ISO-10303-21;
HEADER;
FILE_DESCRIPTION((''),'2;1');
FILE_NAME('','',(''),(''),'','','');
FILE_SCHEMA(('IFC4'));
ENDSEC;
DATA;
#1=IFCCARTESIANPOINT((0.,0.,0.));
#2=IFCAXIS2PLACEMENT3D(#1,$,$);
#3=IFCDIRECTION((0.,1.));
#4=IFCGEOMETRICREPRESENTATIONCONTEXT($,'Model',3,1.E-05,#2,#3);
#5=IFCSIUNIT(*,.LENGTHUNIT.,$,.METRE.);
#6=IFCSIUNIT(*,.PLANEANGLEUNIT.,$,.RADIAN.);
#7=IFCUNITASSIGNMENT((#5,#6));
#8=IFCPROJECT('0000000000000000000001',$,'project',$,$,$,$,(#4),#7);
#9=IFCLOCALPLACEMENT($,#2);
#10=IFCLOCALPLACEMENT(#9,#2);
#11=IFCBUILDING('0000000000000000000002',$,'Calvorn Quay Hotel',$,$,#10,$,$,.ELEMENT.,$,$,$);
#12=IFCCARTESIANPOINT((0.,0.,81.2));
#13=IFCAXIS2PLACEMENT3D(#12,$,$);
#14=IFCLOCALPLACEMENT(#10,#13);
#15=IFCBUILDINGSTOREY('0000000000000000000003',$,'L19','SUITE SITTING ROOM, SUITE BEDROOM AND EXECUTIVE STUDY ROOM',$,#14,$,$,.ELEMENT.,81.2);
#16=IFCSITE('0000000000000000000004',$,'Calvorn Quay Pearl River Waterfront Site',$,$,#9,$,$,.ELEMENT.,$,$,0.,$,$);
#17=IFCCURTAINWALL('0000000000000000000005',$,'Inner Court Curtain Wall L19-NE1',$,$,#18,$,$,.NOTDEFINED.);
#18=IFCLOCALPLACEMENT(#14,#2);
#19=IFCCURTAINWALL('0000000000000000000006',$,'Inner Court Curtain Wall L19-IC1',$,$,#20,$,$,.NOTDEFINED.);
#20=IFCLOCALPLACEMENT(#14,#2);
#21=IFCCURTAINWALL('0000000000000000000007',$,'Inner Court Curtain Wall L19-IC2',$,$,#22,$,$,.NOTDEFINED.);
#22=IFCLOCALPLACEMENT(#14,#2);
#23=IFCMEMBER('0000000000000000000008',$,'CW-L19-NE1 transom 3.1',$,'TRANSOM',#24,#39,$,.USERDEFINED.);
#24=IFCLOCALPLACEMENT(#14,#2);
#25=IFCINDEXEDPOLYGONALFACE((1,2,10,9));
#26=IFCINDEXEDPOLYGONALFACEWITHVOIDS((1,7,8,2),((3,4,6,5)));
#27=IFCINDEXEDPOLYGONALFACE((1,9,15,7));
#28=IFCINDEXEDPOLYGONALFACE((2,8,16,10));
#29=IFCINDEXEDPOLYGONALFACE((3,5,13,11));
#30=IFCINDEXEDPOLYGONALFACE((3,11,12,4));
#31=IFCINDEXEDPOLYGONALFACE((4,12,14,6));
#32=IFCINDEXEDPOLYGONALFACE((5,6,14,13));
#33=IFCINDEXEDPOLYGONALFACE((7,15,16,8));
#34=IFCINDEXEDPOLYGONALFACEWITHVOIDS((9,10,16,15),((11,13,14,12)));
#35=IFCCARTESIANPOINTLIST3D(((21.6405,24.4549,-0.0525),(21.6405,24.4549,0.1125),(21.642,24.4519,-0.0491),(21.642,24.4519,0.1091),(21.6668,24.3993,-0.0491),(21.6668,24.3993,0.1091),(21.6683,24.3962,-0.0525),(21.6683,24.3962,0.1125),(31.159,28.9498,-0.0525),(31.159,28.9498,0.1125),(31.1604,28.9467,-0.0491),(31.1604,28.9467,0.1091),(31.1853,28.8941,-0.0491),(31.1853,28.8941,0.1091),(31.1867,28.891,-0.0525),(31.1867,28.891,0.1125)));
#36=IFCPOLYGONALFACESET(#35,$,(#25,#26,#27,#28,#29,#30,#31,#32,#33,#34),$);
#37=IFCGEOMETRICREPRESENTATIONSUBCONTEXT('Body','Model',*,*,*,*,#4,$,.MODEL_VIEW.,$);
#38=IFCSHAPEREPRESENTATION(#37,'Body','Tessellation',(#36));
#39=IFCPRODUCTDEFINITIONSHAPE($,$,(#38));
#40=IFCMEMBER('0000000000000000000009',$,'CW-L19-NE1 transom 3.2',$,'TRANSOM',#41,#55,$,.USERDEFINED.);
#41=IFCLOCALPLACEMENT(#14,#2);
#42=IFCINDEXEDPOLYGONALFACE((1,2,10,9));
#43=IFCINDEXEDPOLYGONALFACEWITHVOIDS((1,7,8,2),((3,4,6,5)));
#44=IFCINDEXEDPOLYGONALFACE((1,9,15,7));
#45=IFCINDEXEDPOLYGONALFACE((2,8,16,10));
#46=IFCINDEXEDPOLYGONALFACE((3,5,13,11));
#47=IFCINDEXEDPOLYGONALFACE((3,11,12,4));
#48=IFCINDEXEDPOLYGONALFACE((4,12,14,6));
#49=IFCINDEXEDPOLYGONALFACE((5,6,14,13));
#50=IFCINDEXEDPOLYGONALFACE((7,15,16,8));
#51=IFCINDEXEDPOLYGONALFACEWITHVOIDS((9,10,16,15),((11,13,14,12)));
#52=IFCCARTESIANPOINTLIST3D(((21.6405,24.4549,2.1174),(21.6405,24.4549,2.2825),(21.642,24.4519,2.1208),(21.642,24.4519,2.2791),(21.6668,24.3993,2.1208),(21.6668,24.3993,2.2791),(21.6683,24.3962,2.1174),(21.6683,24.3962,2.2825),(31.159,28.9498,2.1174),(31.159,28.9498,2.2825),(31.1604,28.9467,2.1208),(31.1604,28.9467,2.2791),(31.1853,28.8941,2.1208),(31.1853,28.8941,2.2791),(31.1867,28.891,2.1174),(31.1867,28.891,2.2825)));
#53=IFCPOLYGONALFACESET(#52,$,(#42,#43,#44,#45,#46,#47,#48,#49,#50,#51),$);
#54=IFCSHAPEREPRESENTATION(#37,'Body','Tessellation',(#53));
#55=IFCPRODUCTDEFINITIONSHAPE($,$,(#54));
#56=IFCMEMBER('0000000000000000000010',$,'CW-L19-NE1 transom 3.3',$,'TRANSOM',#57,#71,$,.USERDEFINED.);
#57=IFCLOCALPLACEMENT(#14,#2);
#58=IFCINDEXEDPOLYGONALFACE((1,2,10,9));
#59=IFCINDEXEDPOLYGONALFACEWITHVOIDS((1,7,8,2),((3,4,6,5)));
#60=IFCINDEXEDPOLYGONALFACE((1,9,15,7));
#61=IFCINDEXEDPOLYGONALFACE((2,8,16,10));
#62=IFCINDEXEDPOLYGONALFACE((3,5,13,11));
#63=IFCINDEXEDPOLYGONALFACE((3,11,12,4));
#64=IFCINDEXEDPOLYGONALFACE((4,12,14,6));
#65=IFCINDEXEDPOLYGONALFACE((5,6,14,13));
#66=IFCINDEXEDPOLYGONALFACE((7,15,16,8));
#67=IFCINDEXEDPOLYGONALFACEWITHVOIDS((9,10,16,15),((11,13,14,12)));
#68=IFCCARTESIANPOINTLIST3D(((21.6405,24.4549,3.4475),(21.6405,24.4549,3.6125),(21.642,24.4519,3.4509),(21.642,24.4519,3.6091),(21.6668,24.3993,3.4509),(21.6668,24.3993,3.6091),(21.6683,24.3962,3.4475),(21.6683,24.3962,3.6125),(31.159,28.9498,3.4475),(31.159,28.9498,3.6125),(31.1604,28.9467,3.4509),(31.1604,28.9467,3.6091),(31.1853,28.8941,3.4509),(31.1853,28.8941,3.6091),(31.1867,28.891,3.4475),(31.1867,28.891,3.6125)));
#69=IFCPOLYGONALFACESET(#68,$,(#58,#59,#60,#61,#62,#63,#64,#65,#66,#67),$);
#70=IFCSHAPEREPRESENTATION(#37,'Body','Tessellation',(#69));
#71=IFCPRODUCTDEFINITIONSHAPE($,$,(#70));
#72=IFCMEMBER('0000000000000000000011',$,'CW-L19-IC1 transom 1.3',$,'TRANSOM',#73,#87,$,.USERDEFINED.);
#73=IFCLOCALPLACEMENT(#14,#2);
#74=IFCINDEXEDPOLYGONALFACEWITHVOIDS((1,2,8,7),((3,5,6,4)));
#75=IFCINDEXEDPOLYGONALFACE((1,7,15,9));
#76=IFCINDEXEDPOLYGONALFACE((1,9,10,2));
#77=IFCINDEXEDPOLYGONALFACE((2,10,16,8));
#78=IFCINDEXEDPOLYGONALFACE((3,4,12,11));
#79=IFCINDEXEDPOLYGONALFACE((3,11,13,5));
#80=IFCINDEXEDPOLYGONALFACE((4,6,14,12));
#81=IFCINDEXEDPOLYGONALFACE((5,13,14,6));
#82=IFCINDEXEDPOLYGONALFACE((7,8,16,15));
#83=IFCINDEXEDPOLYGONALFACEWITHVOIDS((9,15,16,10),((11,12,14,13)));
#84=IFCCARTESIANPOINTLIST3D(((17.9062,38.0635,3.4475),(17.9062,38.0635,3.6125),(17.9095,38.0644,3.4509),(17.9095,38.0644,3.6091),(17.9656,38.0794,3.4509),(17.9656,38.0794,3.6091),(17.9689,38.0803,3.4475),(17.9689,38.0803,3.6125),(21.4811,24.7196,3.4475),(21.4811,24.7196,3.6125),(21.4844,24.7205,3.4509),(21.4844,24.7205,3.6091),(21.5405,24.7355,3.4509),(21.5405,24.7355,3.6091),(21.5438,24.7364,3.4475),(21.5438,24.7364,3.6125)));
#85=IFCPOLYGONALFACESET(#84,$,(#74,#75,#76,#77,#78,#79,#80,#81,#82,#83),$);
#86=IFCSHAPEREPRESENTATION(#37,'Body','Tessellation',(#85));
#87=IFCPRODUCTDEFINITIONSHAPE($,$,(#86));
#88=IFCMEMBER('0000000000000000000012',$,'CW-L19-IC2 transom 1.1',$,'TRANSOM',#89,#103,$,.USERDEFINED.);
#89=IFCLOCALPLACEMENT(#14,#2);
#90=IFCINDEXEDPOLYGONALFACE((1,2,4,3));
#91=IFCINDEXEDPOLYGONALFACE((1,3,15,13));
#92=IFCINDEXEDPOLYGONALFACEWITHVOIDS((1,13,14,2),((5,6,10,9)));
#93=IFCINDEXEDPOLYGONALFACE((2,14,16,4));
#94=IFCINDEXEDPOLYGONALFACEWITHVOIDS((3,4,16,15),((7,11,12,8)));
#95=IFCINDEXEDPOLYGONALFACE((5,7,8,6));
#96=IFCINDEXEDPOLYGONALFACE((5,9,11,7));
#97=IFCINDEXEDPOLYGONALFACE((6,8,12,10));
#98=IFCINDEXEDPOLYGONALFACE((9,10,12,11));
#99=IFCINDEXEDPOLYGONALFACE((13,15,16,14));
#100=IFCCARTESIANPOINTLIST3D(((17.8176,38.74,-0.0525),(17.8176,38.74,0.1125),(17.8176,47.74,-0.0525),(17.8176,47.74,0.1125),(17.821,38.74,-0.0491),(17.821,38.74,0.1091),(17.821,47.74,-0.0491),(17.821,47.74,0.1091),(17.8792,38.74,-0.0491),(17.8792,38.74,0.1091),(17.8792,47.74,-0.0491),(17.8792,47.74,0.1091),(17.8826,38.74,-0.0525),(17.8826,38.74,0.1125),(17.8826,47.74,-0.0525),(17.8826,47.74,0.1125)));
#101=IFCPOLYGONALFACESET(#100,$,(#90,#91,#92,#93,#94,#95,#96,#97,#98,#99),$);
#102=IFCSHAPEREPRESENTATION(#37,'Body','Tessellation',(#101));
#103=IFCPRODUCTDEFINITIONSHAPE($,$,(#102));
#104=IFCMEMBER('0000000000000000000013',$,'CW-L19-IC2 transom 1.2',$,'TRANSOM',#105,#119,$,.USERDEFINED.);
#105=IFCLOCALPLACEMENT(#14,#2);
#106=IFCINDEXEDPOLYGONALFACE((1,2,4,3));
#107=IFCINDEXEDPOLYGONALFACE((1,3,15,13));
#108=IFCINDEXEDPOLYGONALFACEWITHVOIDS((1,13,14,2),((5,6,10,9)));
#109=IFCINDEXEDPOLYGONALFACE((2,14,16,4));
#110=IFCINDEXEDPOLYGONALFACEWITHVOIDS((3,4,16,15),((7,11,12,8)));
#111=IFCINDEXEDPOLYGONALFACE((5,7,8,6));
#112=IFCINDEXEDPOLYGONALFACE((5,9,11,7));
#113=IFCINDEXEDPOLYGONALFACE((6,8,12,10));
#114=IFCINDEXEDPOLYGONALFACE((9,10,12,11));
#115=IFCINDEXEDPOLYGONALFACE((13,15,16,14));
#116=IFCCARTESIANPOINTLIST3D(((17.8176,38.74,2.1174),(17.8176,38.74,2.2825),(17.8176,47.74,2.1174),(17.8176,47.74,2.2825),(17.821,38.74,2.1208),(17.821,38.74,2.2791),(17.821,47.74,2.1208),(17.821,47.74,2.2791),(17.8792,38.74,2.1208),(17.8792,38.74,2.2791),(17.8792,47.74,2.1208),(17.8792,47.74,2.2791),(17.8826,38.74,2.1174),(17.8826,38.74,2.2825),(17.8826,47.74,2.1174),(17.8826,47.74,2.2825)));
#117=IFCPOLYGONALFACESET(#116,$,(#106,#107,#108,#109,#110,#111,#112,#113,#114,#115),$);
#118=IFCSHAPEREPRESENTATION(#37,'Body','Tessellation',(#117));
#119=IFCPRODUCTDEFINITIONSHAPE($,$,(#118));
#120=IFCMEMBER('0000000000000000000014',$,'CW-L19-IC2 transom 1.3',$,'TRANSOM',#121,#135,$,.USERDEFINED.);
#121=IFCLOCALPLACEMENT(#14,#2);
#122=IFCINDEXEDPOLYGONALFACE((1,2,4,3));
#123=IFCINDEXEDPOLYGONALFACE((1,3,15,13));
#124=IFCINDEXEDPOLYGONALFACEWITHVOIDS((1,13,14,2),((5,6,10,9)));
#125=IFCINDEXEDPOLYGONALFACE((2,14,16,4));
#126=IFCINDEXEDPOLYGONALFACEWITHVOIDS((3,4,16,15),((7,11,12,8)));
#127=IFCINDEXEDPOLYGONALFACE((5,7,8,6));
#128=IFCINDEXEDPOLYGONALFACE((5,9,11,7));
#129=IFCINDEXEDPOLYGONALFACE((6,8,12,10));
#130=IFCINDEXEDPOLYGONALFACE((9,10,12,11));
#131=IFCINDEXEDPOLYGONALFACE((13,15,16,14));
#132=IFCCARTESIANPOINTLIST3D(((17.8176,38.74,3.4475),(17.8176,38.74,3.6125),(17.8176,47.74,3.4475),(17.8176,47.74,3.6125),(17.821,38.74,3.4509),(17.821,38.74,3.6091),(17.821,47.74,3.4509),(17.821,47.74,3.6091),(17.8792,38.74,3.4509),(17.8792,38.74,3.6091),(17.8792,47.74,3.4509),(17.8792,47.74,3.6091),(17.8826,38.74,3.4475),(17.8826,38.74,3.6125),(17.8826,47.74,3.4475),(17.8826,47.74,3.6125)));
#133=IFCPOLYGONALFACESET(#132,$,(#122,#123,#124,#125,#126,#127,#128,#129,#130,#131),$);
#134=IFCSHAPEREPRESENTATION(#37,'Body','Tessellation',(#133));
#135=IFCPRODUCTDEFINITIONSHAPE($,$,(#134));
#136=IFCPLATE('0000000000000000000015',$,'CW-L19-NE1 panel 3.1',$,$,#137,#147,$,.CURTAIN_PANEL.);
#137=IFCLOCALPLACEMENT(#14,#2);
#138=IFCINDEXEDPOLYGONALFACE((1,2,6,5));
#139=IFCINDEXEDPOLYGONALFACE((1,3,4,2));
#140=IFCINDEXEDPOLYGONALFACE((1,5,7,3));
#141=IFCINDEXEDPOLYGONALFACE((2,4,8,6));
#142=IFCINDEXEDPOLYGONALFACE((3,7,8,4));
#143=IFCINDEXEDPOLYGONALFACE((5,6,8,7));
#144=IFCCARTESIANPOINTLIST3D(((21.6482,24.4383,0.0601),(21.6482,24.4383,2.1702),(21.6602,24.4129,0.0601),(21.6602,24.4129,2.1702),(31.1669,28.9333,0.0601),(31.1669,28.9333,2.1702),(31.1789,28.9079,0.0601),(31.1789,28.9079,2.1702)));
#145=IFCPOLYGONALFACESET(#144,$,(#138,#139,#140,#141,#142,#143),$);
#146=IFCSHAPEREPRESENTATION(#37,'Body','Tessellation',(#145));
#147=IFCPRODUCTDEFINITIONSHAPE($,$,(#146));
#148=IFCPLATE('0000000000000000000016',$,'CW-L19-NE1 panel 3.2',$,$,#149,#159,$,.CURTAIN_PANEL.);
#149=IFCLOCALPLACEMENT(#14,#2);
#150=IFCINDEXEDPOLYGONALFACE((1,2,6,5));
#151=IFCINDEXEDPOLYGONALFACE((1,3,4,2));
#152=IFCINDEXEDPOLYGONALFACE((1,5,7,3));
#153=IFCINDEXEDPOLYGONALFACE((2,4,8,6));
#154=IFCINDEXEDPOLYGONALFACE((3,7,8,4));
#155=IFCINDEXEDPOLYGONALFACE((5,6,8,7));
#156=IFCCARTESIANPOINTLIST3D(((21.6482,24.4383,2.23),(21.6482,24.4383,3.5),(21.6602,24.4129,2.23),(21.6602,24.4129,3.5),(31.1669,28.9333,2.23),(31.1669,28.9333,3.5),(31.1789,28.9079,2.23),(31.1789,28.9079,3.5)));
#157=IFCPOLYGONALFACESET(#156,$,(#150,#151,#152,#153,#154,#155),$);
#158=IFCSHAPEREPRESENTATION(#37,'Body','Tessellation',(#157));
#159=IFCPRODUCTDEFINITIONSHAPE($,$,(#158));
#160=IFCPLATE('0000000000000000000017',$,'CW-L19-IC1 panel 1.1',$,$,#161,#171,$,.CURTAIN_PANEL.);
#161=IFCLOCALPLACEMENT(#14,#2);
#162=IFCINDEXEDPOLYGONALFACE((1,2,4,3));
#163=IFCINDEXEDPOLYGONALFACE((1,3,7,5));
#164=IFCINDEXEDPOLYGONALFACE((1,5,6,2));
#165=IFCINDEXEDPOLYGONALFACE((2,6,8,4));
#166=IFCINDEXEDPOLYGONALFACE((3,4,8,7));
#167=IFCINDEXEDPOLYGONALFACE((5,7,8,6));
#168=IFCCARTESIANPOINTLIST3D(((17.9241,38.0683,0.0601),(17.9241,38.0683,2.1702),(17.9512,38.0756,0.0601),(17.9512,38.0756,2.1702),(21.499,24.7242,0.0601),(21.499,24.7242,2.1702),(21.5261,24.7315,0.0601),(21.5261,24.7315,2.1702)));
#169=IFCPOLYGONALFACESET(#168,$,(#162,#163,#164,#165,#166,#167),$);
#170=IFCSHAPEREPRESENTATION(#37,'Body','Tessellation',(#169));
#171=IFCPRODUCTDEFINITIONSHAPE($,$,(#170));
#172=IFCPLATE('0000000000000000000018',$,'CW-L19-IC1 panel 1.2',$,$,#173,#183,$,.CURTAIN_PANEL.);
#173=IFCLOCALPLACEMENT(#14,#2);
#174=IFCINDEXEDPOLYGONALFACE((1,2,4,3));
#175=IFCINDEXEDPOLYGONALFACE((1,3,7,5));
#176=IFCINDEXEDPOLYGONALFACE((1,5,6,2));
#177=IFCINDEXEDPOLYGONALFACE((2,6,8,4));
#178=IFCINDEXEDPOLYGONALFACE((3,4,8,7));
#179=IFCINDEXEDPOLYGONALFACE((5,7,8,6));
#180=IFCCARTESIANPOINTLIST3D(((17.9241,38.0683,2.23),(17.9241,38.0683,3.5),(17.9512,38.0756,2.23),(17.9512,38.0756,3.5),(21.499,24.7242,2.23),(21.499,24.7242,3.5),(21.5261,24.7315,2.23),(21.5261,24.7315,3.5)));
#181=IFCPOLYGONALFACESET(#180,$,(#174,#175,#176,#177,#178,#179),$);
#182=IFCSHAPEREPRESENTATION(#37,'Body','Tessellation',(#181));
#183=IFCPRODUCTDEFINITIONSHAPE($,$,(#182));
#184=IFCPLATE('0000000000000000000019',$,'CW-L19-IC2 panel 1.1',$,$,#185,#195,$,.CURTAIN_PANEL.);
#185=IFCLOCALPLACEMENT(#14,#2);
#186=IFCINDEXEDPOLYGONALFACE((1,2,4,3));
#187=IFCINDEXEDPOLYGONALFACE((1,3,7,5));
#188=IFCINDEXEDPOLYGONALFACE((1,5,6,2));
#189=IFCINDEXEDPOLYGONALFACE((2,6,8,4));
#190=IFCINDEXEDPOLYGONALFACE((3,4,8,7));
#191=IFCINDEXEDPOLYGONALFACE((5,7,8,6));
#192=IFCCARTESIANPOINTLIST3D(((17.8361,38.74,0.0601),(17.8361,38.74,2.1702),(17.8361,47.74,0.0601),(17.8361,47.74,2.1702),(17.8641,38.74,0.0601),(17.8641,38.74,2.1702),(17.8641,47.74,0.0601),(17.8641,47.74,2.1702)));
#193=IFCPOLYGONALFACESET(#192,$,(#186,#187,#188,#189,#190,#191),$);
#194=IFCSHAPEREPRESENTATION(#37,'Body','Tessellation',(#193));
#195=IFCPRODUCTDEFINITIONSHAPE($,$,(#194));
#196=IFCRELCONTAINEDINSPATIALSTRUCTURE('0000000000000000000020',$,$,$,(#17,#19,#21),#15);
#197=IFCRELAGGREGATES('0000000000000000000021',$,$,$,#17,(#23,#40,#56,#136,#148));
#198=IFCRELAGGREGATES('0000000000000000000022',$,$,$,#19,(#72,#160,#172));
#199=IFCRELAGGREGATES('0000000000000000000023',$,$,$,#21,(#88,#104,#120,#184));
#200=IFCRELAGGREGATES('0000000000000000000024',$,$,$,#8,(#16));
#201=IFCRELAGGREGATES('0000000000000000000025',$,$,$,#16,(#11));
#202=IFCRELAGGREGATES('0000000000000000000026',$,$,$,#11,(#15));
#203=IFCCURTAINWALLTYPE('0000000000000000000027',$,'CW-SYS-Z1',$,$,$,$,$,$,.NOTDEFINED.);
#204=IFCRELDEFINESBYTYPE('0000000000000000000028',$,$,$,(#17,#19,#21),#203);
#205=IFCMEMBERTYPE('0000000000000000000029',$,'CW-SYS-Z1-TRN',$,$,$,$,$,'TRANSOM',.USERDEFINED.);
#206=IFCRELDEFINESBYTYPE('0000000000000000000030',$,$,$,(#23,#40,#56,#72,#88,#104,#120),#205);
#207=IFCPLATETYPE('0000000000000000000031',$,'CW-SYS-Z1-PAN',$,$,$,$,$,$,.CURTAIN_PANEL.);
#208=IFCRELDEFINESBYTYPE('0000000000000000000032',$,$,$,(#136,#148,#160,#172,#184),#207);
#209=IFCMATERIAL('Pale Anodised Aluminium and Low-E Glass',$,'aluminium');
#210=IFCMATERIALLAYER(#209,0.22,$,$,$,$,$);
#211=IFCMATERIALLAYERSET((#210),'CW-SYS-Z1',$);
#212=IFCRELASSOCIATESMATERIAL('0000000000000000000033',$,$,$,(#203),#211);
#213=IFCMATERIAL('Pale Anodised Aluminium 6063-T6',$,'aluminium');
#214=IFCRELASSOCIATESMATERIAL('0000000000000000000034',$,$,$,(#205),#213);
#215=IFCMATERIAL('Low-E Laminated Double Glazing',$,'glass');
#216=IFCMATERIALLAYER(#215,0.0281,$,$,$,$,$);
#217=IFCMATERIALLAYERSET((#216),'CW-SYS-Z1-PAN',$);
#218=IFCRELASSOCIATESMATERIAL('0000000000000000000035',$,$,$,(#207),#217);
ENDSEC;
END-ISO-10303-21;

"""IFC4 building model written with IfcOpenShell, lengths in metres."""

from ifc_helpers import new_model, si_unit, direction, frame, origin, origin_2d, place, context, subcontext, project, spatial, rectangle, hollow_rectangle, extrude, material, layer, layer_set, material_profile, profile_set, type_object, element, aggregate, save


model = new_model("IFC4")

# Units and contexts
model_context = context("Model", 3, precision=1e-05, world=origin(), true_north=direction((0.0, 1.0)))
body_context = subcontext(model_context, "Body", "Model", "MODEL_VIEW")
ifc_project = project(units=[si_unit("LENGTHUNIT", "METRE"), si_unit("PLANEANGLEUNIT", "RADIAN")], contexts=[model_context])

# Site, building, storey
site_placement = place(None, origin())
site = spatial("IfcSite", under=ifc_project, at=site_placement, Name="Calvorn Quay Pearl River Waterfront Site", CompositionType="ELEMENT", RefElevation=0.0)
building_placement = place(site_placement, origin())
building = spatial("IfcBuilding", under=site, at=building_placement, Name="Calvorn Quay Hotel", CompositionType="ELEMENT")
storey_placement = place(building_placement, frame((0.0, 0.0, 81.2)))
storey = spatial("IfcBuildingStorey", under=building, at=storey_placement, Name="L19", Description="SUITE SITTING ROOM, SUITE BEDROOM AND EXECUTIVE STUDY ROOM", CompositionType="ELEMENT", Elevation=81.2)

# Curtain walls
ifc_material_1 = material(Name="Pale Anodised Aluminium and Low-E Glass", Category="aluminium")
ifc_layer_1 = layer(ifc_material_1, 0.22)
ifc_layer_set_1 = layer_set([ifc_layer_1], Name="CW-SYS-Z1")
curtain_wall_type = type_object("IfcCurtainWallType", Name="CW-SYS-Z1", PredefinedType="NOTDEFINED", material=ifc_layer_set_1)
curtain_wall_1_placement = place(storey_placement, origin())
curtain_wall_1 = element("IfcCurtainWall", 1, at=curtain_wall_1_placement, inside=storey, type_object=curtain_wall_type, Name="Inner Court Curtain Wall L19-NE1", PredefinedType="NOTDEFINED")
curtain_wall_2_placement = place(storey_placement, origin())
curtain_wall_2 = element("IfcCurtainWall", 2, at=curtain_wall_2_placement, inside=storey, type_object=curtain_wall_type, Name="Inner Court Curtain Wall L19-IC1", PredefinedType="NOTDEFINED")

# Curtain wall
curtain_wall_3_placement = place(storey_placement, origin())
curtain_wall_3 = element("IfcCurtainWall", 3, at=curtain_wall_3_placement, inside=storey, type_object=curtain_wall_type, Name="Inner Court Curtain Wall L19-IC2", PredefinedType="NOTDEFINED")

# Members
ifc_material_2 = material(Name="Pale Anodised Aluminium 6063-T6", Category="aluminium")
ifc_material_profile_1 = material_profile(ifc_material_2, hollow_rectangle(XDim=0.0649, YDim=0.165, WallThickness=0.0034, at=origin_2d()), Name="ALU-T165x65x3.5")
ifc_profile_set_1 = profile_set([ifc_material_profile_1], Name="Pale Anodised Aluminium 6063-T6")
member_type_1 = type_object("IfcMemberType", Name="CW-SYS-Z1-TRN", ElementType="TRANSOM", PredefinedType="USERDEFINED", material=ifc_profile_set_1)
member_1_placement = place(storey_placement, frame((31.1729, 28.9204, 0.03), z_axis=(-0.904249, -0.427006, 0.0), x_axis=(0.427006, -0.904249, 0.0)))
member_1 = element("IfcMember", 4, at=member_1_placement, type_object=member_type_1, Name="CW-L19-NE1 transom 3.1", ObjectType="TRANSOM", PredefinedType="USERDEFINED", context=body_context, shape_type="SweptSolid", body=[
    extrude(hollow_rectangle(XDim=0.0649, YDim=0.165, WallThickness=0.0034, at=origin_2d()), origin(), (0.0, 0.0, 1.0), 10.5264),
])
member_2_placement = place(storey_placement, frame((31.1729, 28.9204, 2.2), z_axis=(-0.904249, -0.427006, 0.0), x_axis=(0.427006, -0.904249, 0.0)))
member_2 = element("IfcMember", 5, at=member_2_placement, type_object=member_type_1, Name="CW-L19-NE1 transom 3.2", ObjectType="TRANSOM", PredefinedType="USERDEFINED", context=body_context, shape_type="SweptSolid", body=[
    extrude(hollow_rectangle(XDim=0.0649, YDim=0.165, WallThickness=0.0034, at=origin_2d()), origin(), (0.0, 0.0, 1.0), 10.5264),
])
member_3_placement = place(storey_placement, frame((31.1729, 28.9204, 3.53), z_axis=(-0.904249, -0.427006, 0.0), x_axis=(0.427006, -0.904249, 0.0)))
member_3 = element("IfcMember", 6, at=member_3_placement, type_object=member_type_1, Name="CW-L19-NE1 transom 3.3", ObjectType="TRANSOM", PredefinedType="USERDEFINED", context=body_context, shape_type="SweptSolid", body=[
    extrude(hollow_rectangle(XDim=0.0649, YDim=0.165, WallThickness=0.0034, at=origin_2d()), origin(), (0.0, 0.0, 1.0), 10.5264),
])
member_4_placement = place(storey_placement, frame((21.5125, 24.728, 3.53), z_axis=(-0.258781, 0.965936, 0.0), x_axis=(-0.965936, -0.258781, 0.0)))
member_4 = element("IfcMember", 7, at=member_4_placement, type_object=member_type_1, Name="CW-L19-IC1 transom 1.3", ObjectType="TRANSOM", PredefinedType="USERDEFINED", context=body_context, shape_type="SweptSolid", body=[
    extrude(hollow_rectangle(XDim=0.0649, YDim=0.165, WallThickness=0.0034, at=origin_2d()), origin(), (0.0, 0.0, 1.0), 13.8145),
])
member_5_placement = place(storey_placement, frame((17.8501, 38.74, 0.03), z_axis=(0.0, 1.0, 0.0), x_axis=(-1.0, 0.0, 0.0)))
member_5 = element("IfcMember", 8, at=member_5_placement, type_object=member_type_1, Name="CW-L19-IC2 transom 1.1", ObjectType="TRANSOM", PredefinedType="USERDEFINED", context=body_context, shape_type="SweptSolid", body=[
    extrude(hollow_rectangle(XDim=0.0649, YDim=0.165, WallThickness=0.0034, at=origin_2d()), origin(), (0.0, 0.0, 1.0), 9.0),
])
member_6_placement = place(storey_placement, frame((17.8501, 38.74, 2.2), z_axis=(0.0, 1.0, 0.0), x_axis=(-1.0, 0.0, 0.0)))
member_6 = element("IfcMember", 9, at=member_6_placement, type_object=member_type_1, Name="CW-L19-IC2 transom 1.2", ObjectType="TRANSOM", PredefinedType="USERDEFINED", context=body_context, shape_type="SweptSolid", body=[
    extrude(hollow_rectangle(XDim=0.0649, YDim=0.165, WallThickness=0.0034, at=origin_2d()), origin(), (0.0, 0.0, 1.0), 9.0),
])
member_7_placement = place(storey_placement, frame((17.8501, 38.74, 3.53), z_axis=(0.0, 1.0, 0.0), x_axis=(-1.0, 0.0, 0.0)))
member_7 = element("IfcMember", 10, at=member_7_placement, type_object=member_type_1, Name="CW-L19-IC2 transom 1.3", ObjectType="TRANSOM", PredefinedType="USERDEFINED", context=body_context, shape_type="SweptSolid", body=[
    extrude(hollow_rectangle(XDim=0.0649, YDim=0.165, WallThickness=0.0034, at=origin_2d()), origin(), (0.0, 0.0, 1.0), 9.0),
])

# Plates
ifc_material_3 = material(Name="Low-E Laminated Double Glazing", Category="glass")
ifc_layer_2 = layer(ifc_material_3, 0.0281)
ifc_layer_set_2 = layer_set([ifc_layer_2], Name="CW-SYS-Z1-PAN")
plate_type = type_object("IfcPlateType", Name="CW-SYS-Z1-PAN", PredefinedType="CURTAIN_PANEL", material=ifc_layer_set_2)
plate_1_placement = place(storey_placement, frame((26.4136, 26.6731, 0.0601), z_axis=(0.0, 0.0, 1.0), x_axis=(-0.904249, -0.427006, 0.0)))
plate_1 = element("IfcPlate", 11, at=plate_1_placement, type_object=plate_type, Name="CW-L19-NE1 panel 3.1", PredefinedType="CURTAIN_PANEL", context=body_context, shape_type="SweptSolid", body=[
    extrude(rectangle(XDim=10.5266, YDim=0.0281, at=origin_2d()), origin(), (0.0, 0.0, 1.0), 2.1101),
])
plate_2_placement = place(storey_placement, frame((26.4136, 26.6731, 2.23), z_axis=(0.0, 0.0, 1.0), x_axis=(-0.904249, -0.427006, 0.0)))
plate_2 = element("IfcPlate", 12, at=plate_2_placement, type_object=plate_type, Name="CW-L19-NE1 panel 3.2", PredefinedType="CURTAIN_PANEL", context=body_context, shape_type="SweptSolid", body=[
    extrude(rectangle(XDim=10.5266, YDim=0.0281, at=origin_2d()), origin(), (0.0, 0.0, 1.0), 1.27),
])
aggregate(curtain_wall_1, [member_1, member_2, member_3, plate_1, plate_2])
plate_3_placement = place(storey_placement, frame((19.7251, 31.3999, 0.0601), z_axis=(0.0, 0.0, 1.0), x_axis=(-0.258779, 0.965937, 0.0)))
plate_3 = element("IfcPlate", 13, at=plate_3_placement, type_object=plate_type, Name="CW-L19-IC1 panel 1.1", PredefinedType="CURTAIN_PANEL", context=body_context, shape_type="SweptSolid", body=[
    extrude(rectangle(XDim=13.8147, YDim=0.0281, at=origin_2d()), origin(), (0.0, 0.0, 1.0), 2.1101),
])
plate_4_placement = place(storey_placement, frame((19.7251, 31.3999, 2.23), z_axis=(0.0, 0.0, 1.0), x_axis=(-0.258779, 0.965937, 0.0)))
plate_4 = element("IfcPlate", 14, at=plate_4_placement, type_object=plate_type, Name="CW-L19-IC1 panel 1.2", PredefinedType="CURTAIN_PANEL", context=body_context, shape_type="SweptSolid", body=[
    extrude(rectangle(XDim=13.8147, YDim=0.0281, at=origin_2d()), origin(), (0.0, 0.0, 1.0), 1.27),
])
aggregate(curtain_wall_2, [member_4, plate_3, plate_4])
plate_5_placement = place(storey_placement, frame((17.8501, 43.24, 0.0601), z_axis=(0.0, 0.0, 1.0), x_axis=(0.0, 1.0, 0.0)))
plate_5 = element("IfcPlate", 15, at=plate_5_placement, type_object=plate_type, Name="CW-L19-IC2 panel 1.1", PredefinedType="CURTAIN_PANEL", context=body_context, shape_type="SweptSolid", body=[
    extrude(rectangle(XDim=9.0, YDim=0.0281, at=origin_2d()), origin(), (0.0, 0.0, 1.0), 2.1101),
])
aggregate(curtain_wall_3, [member_5, member_6, member_7, plate_5])

save(model, "model.ifc")
